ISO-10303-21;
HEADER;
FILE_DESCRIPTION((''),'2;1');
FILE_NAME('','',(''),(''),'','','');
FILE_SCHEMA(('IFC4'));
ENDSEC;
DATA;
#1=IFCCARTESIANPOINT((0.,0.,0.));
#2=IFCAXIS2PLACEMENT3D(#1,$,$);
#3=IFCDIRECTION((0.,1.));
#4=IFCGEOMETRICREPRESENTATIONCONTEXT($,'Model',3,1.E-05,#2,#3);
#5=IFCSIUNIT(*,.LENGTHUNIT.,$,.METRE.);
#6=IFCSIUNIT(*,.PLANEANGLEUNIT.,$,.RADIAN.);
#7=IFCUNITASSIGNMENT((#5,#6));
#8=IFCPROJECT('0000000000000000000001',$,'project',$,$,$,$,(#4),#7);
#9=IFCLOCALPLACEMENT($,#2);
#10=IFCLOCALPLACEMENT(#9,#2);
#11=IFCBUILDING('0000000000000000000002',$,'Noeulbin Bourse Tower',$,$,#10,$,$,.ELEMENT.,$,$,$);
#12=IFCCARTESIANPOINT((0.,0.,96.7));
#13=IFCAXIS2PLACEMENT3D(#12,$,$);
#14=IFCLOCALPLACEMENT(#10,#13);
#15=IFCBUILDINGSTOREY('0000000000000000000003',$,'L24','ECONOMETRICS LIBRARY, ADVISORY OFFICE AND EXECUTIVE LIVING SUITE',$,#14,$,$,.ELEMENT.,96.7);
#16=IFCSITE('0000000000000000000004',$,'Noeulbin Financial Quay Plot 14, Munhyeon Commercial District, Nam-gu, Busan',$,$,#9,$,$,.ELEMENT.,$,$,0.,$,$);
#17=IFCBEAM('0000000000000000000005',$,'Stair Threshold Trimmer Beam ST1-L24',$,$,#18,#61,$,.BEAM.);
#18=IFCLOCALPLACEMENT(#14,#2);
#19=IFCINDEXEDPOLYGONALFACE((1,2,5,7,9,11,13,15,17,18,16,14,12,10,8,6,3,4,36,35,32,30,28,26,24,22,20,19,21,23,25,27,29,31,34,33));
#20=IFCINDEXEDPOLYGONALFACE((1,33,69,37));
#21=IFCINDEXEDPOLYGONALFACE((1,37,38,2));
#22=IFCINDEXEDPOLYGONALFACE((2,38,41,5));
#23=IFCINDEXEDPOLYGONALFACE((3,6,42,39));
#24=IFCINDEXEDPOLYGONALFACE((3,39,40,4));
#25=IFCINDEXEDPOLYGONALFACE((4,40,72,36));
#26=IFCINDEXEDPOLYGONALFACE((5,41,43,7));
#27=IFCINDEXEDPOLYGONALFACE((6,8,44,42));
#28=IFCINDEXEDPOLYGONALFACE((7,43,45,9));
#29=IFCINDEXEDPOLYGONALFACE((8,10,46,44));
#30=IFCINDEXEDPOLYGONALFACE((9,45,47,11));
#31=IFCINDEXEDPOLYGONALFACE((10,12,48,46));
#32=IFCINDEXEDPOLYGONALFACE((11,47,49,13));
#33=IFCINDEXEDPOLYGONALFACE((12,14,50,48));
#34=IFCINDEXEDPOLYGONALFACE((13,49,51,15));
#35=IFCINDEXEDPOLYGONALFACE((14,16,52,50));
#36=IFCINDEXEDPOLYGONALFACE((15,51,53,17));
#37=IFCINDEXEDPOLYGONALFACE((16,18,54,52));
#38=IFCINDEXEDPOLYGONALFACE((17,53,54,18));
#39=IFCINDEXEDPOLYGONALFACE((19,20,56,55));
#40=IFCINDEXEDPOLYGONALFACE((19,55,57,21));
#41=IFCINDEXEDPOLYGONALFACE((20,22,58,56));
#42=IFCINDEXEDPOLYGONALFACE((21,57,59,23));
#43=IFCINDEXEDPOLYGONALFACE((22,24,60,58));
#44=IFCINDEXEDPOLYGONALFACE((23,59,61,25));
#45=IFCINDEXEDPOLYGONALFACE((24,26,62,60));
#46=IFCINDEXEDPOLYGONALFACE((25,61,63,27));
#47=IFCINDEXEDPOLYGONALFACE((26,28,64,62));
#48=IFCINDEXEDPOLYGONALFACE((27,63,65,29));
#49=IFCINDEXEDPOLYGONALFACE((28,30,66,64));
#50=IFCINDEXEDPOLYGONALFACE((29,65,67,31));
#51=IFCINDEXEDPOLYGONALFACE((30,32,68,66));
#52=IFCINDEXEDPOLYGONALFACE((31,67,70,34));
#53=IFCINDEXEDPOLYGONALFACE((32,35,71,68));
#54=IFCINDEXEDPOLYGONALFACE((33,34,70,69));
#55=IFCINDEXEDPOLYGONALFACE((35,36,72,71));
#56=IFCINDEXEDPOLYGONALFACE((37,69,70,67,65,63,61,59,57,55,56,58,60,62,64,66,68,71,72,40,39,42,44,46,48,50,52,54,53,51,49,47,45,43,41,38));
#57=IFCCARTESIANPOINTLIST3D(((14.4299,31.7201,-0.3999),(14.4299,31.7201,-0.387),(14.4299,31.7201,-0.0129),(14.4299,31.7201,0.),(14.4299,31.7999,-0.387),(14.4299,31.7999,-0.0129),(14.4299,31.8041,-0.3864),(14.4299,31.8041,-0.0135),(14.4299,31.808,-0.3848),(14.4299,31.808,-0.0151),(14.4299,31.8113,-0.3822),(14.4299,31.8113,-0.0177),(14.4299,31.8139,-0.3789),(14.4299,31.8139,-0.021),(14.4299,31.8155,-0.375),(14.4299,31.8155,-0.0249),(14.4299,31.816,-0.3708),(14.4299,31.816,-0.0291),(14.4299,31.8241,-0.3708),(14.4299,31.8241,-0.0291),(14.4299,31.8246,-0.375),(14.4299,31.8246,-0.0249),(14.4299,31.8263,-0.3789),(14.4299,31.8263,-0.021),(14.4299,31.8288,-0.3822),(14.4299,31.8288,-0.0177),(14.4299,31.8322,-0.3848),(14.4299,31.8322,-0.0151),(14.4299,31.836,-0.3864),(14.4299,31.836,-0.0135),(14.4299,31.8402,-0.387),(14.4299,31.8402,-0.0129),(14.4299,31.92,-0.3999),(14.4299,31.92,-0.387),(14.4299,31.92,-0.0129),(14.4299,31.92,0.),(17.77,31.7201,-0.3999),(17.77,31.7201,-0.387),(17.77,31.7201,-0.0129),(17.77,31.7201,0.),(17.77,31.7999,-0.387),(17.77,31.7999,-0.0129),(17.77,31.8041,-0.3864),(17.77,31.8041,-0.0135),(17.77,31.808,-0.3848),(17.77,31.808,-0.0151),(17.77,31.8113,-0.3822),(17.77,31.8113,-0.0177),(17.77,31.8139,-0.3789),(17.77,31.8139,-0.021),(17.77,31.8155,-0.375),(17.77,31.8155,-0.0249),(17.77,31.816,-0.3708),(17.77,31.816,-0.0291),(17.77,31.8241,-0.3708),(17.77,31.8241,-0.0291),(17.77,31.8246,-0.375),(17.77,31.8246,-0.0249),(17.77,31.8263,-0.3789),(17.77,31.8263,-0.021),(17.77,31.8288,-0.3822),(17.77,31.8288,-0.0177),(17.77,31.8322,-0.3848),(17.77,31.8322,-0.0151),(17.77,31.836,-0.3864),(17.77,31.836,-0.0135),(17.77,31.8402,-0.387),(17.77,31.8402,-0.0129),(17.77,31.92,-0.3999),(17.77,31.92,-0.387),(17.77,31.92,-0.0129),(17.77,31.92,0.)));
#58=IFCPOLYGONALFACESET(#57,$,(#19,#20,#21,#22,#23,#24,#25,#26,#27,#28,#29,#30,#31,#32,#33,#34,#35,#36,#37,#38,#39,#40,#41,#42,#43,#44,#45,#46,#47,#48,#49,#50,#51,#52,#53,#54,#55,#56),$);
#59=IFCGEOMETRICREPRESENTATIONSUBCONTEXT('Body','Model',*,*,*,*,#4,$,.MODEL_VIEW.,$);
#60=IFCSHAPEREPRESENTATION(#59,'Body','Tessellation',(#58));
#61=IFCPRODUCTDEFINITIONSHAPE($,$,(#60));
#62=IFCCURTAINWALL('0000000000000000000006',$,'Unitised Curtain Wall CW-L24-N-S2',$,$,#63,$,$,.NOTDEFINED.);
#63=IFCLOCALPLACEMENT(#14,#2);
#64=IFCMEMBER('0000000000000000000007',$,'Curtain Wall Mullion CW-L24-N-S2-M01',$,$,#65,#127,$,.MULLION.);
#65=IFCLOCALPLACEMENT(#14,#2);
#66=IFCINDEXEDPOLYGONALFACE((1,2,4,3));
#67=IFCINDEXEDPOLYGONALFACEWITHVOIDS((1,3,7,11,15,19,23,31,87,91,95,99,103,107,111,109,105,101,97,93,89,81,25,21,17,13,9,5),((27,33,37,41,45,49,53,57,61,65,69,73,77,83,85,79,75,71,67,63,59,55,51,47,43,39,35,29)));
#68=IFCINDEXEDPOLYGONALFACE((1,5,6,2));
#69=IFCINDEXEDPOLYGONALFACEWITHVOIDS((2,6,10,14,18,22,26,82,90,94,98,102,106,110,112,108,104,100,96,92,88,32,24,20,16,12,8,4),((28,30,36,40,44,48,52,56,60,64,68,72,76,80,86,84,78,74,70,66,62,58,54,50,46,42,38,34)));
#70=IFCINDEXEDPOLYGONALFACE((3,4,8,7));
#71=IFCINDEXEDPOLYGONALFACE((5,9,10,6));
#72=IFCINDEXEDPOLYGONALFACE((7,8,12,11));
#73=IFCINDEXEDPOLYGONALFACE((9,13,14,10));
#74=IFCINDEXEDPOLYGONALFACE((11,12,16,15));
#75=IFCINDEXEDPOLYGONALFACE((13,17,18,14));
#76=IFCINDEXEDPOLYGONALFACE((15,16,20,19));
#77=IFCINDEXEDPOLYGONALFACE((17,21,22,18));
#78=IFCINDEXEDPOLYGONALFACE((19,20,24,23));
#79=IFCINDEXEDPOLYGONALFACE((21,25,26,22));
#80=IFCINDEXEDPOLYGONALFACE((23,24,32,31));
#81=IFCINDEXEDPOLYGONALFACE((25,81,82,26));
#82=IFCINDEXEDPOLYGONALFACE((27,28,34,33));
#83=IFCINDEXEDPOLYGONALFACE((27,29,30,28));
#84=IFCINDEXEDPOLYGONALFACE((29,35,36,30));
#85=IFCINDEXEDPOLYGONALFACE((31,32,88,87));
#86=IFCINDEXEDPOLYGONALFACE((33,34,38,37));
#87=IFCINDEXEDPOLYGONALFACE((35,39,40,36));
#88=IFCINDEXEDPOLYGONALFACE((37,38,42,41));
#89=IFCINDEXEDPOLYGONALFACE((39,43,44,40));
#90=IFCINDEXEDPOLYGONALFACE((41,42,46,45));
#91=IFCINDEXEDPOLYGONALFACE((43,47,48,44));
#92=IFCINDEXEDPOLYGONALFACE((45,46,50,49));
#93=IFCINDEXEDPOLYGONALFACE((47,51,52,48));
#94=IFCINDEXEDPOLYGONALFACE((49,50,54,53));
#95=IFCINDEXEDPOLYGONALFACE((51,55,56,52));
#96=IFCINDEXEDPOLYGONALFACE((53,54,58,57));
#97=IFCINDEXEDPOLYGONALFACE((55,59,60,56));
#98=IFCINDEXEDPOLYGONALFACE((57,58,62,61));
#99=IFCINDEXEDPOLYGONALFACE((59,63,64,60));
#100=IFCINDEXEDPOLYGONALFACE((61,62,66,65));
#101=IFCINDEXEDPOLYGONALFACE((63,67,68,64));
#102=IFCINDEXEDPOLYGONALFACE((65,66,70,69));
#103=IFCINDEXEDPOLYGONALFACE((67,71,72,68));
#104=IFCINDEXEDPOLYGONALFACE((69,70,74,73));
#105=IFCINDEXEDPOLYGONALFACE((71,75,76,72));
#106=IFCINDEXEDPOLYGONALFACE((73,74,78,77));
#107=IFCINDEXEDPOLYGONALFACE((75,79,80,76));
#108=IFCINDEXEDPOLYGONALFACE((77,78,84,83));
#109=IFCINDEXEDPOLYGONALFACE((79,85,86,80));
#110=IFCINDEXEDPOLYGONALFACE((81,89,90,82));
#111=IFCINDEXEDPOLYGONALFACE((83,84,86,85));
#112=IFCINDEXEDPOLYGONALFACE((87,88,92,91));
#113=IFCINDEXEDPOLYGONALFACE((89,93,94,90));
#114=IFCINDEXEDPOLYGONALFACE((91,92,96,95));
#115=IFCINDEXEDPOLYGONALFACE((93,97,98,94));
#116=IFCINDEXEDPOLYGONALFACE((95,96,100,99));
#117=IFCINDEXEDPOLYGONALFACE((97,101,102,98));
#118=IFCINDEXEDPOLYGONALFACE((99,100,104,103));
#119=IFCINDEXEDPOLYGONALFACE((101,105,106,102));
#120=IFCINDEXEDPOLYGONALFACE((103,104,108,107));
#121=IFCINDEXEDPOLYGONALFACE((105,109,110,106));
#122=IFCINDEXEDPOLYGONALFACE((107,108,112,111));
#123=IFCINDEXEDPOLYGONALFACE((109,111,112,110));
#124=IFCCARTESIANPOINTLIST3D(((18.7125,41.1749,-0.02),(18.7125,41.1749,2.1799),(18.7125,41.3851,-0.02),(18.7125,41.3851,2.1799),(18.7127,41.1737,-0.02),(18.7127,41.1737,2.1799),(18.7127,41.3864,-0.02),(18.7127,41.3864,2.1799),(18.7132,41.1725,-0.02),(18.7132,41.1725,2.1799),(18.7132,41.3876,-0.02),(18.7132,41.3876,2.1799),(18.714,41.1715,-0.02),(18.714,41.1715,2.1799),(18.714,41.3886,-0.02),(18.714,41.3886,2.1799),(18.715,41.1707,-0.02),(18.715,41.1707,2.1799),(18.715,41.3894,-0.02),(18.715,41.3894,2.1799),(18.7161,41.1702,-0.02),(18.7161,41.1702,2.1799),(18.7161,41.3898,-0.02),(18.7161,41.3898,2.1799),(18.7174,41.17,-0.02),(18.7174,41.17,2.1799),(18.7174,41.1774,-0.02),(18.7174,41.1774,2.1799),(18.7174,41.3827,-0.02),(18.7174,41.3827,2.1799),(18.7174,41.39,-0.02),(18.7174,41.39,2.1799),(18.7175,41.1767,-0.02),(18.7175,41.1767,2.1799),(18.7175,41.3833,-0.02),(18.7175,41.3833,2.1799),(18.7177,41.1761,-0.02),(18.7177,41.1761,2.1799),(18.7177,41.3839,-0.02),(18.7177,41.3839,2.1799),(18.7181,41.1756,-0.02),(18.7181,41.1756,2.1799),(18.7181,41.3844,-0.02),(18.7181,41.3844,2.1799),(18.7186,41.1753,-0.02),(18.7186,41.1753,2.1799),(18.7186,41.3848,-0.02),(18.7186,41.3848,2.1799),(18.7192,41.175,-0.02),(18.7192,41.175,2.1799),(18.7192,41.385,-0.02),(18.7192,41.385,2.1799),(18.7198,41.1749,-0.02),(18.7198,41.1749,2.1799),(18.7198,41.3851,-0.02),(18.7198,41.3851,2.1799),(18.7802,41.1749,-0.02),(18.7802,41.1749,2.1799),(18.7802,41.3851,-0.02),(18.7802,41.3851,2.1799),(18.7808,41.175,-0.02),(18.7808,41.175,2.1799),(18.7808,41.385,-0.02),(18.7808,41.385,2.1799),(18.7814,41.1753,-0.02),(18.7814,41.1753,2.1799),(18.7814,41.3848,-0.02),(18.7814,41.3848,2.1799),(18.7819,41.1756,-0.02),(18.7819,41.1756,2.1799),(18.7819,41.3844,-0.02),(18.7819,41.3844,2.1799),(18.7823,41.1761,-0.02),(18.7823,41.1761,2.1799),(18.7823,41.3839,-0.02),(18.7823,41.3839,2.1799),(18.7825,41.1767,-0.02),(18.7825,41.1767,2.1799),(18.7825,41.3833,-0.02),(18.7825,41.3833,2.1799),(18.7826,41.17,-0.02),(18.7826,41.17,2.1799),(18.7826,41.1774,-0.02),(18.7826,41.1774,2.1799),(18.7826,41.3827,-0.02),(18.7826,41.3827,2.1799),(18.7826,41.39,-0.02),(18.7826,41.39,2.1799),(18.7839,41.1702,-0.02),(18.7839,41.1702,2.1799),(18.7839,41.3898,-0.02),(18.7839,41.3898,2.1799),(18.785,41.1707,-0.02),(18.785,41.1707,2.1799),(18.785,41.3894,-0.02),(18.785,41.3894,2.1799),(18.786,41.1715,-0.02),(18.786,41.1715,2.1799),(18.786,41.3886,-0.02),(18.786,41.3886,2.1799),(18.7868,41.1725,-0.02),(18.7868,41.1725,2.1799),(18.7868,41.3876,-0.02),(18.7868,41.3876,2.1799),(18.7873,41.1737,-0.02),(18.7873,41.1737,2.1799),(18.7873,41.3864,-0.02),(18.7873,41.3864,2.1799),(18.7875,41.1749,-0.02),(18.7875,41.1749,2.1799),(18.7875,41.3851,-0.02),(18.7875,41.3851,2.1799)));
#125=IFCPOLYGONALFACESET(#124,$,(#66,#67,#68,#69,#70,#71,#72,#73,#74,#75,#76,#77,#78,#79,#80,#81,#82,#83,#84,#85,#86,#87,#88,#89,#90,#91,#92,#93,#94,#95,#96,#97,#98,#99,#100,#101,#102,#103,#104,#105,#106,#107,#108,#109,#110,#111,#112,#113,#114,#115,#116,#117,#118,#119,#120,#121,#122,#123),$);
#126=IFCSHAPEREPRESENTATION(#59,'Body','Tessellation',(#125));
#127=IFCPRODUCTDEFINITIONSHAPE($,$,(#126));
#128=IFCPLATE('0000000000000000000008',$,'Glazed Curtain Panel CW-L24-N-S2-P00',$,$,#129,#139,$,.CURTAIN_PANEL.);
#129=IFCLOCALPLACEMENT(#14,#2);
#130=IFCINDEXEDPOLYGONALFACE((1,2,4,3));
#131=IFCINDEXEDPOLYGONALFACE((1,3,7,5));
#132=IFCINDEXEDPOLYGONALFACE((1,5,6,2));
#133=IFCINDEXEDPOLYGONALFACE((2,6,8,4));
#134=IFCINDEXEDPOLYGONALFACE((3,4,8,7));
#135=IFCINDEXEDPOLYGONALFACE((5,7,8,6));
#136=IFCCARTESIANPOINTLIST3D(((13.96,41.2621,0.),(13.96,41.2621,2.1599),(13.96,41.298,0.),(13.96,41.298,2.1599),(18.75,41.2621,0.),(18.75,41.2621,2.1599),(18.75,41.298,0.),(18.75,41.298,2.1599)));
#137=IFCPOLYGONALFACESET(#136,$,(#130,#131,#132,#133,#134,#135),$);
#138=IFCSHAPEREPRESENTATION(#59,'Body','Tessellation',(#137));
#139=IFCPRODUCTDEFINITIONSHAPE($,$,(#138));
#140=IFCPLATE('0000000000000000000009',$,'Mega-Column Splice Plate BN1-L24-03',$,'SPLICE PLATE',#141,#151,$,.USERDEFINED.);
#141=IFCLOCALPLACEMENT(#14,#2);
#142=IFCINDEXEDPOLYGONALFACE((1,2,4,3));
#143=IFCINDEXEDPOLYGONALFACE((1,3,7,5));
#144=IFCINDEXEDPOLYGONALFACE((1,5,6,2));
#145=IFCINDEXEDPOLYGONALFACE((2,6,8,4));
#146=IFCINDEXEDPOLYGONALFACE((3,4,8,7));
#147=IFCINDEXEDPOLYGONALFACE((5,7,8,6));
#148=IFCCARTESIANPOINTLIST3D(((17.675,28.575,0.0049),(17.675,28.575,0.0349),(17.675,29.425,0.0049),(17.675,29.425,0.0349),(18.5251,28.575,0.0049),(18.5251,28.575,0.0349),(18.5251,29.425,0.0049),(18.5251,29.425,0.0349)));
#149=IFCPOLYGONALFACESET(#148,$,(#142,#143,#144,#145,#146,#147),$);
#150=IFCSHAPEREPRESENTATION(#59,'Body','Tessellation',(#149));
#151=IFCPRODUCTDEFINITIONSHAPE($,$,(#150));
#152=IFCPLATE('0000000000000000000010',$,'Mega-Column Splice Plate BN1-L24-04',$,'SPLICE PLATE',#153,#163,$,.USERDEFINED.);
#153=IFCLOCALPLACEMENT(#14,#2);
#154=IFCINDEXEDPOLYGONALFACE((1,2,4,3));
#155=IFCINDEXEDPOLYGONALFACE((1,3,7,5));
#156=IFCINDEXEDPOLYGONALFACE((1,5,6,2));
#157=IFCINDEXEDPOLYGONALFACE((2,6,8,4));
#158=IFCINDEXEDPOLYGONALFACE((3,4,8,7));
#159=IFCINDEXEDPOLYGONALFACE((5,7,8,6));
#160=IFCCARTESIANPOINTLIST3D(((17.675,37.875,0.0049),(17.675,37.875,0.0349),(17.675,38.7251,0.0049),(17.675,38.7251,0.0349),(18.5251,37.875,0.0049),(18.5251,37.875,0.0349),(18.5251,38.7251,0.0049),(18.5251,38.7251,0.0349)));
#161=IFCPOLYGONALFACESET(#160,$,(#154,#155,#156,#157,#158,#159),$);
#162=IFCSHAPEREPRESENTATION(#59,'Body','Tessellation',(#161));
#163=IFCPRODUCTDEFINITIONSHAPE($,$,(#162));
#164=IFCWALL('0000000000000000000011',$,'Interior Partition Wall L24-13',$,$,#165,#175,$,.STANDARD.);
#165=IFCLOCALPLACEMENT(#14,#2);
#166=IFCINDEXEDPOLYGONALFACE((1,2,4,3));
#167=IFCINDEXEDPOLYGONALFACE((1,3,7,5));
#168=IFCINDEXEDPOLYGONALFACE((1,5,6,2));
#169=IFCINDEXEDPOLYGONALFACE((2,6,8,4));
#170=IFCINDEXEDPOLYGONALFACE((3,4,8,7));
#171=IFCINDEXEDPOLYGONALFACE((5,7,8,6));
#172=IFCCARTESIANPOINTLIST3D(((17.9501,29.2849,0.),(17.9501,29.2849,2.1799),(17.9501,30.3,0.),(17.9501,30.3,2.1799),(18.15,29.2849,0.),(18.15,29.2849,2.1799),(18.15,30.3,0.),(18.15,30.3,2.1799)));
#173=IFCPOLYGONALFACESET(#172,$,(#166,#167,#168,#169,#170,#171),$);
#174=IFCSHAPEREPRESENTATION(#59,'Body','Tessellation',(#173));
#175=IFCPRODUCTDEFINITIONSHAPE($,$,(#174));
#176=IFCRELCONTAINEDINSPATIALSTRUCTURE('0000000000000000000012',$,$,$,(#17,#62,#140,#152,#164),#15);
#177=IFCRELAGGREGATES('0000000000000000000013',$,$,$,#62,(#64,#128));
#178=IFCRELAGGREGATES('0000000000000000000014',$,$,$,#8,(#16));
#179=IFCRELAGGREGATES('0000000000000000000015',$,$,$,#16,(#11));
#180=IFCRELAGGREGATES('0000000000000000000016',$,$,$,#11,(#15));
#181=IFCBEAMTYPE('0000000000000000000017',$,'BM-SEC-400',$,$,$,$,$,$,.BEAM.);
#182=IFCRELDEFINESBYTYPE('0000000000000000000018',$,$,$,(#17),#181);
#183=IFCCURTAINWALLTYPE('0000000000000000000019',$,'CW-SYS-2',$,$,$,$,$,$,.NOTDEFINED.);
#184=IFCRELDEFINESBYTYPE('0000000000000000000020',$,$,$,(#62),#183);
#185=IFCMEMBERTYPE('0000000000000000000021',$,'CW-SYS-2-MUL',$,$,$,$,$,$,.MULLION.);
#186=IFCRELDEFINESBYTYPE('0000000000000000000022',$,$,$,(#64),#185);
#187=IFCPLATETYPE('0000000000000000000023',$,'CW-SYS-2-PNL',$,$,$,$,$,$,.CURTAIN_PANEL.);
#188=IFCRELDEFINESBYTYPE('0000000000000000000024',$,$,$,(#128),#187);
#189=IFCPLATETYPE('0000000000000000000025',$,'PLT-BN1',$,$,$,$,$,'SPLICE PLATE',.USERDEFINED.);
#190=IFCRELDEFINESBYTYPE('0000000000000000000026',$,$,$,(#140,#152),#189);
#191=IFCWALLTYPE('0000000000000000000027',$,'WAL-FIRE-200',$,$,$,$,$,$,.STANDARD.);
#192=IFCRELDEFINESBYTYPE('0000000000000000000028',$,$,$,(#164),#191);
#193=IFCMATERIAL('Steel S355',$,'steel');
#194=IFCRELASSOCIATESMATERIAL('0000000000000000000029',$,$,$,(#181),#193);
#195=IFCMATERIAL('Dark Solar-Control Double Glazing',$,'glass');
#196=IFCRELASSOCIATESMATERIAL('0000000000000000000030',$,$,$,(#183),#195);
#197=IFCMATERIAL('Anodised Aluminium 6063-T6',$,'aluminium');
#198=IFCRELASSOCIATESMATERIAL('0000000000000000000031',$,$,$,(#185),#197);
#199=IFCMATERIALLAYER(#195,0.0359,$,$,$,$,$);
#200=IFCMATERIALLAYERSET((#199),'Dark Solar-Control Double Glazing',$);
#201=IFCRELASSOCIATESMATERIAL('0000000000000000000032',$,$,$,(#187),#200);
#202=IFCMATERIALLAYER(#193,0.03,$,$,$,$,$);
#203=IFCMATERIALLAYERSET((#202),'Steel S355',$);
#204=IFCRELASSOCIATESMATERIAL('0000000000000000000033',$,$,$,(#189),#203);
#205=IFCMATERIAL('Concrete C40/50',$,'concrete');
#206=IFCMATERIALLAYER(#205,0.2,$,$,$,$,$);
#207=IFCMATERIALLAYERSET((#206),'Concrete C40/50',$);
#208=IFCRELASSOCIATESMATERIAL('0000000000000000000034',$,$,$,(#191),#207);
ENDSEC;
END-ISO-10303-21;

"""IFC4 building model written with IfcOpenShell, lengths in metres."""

from ifc_helpers import new_model, si_unit, direction, frame, frame_2d, origin, origin_2d, place, context, subcontext, project, spatial, rectangle, hollow_rectangle, i_section, extrude, material, layer, layer_set, material_profile, profile_set, type_object, element, aggregate, save


model = new_model("IFC4")

# Units and contexts
model_context = context("Model", 3, precision=1e-05, world=origin(), true_north=direction((0.0, 1.0)))
body_context = subcontext(model_context, "Body", "Model", "MODEL_VIEW")
ifc_project = project(units=[si_unit("LENGTHUNIT", "METRE"), si_unit("PLANEANGLEUNIT", "RADIAN")], contexts=[model_context])

# Site, building, storey
site_placement = place(None, origin())
site = spatial("IfcSite", under=ifc_project, at=site_placement, Name="Noeulbin Financial Quay Plot 14, Munhyeon Commercial District, Nam-gu, Busan", CompositionType="ELEMENT", RefElevation=0.0)
building_placement = place(site_placement, origin())
building = spatial("IfcBuilding", under=site, at=building_placement, Name="Noeulbin Bourse Tower", CompositionType="ELEMENT")
storey_placement = place(building_placement, frame((0.0, 0.0, 96.7)))
storey = spatial("IfcBuildingStorey", under=building, at=storey_placement, Name="L24", Description="ECONOMETRICS LIBRARY, ADVISORY OFFICE AND EXECUTIVE LIVING SUITE", CompositionType="ELEMENT", Elevation=96.7)

# Beam
ifc_material_1 = material(Name="Steel S355", Category="steel")
ifc_material_profile_1 = material_profile(ifc_material_1, i_section(OverallWidth=0.2, OverallDepth=0.3999, WebThickness=0.0081, FlangeThickness=0.0129, FilletRadius=0.0161, at=origin_2d()), Name="H-400x200x8x13", Category="LoadBearing")
ifc_profile_set_1 = profile_set([ifc_material_profile_1], Name="Steel S355")
beam_type = type_object("IfcBeamType", Name="BM-SEC-400", PredefinedType="BEAM", material=ifc_profile_set_1)
beam_placement = place(storey_placement, frame((14.4299, 31.8201, -0.2), z_axis=(1.0, 0.0, 0.0), x_axis=(0.0, 1.0, 0.0)))
element("IfcBeam", 1, at=beam_placement, inside=storey, type_object=beam_type, Name="Stair Threshold Trimmer Beam ST1-L24", PredefinedType="BEAM", context=body_context, shape_type="SweptSolid", body=[
    extrude(i_section(OverallWidth=0.2, OverallDepth=0.3999, WebThickness=0.0081, FlangeThickness=0.0129, FilletRadius=0.0161, at=origin_2d()), origin(), (0.0, 0.0, 1.0), 3.3401),
])

# Curtain wall, member, plate
ifc_material_2 = material(Name="Dark Solar-Control Double Glazing", Category="glass")
curtain_wall_type = type_object("IfcCurtainWallType", Name="CW-SYS-2", PredefinedType="NOTDEFINED", material=ifc_material_2)
curtain_wall_placement = place(storey_placement, origin())
curtain_wall = element("IfcCurtainWall", 2, at=curtain_wall_placement, inside=storey, type_object=curtain_wall_type, Name="Unitised Curtain Wall CW-L24-N-S2", PredefinedType="NOTDEFINED")
ifc_material_3 = material(Name="Anodised Aluminium 6063-T6", Category="aluminium")
ifc_material_profile_2 = material_profile(ifc_material_3, hollow_rectangle(XDim=0.075, YDim=0.22, WallThickness=0.0049, InnerFilletRadius=0.0024, OuterFilletRadius=0.0049, at=origin_2d()), Name="ALU-MULL-75x220x5", Category="LoadBearing")
ifc_profile_set_2 = profile_set([ifc_material_profile_2], Name="Anodised Aluminium 6063-T6")
member_type = type_object("IfcMemberType", Name="CW-SYS-2-MUL", PredefinedType="MULLION", material=ifc_profile_set_2)
member_placement = place(storey_placement, frame((18.75, 41.28, -0.02), z_axis=(0.0, 0.0, 1.0), x_axis=(1.0, 0.0, 0.0)))
member = element("IfcMember", 3, at=member_placement, type_object=member_type, Name="Curtain Wall Mullion CW-L24-N-S2-M01", PredefinedType="MULLION", context=body_context, shape_type="SweptSolid", body=[
    extrude(hollow_rectangle(XDim=0.075, YDim=0.22, WallThickness=0.0049, InnerFilletRadius=0.0024, OuterFilletRadius=0.0049, at=origin_2d()), origin(), (0.0, 0.0, 1.0), 2.2),
])
ifc_layer_1 = layer(ifc_material_2, 0.0359)
ifc_layer_set_1 = layer_set([ifc_layer_1], Name="Dark Solar-Control Double Glazing")
plate_type_1 = type_object("IfcPlateType", Name="CW-SYS-2-PNL", PredefinedType="CURTAIN_PANEL", material=ifc_layer_set_1)
plate_placement = place(storey_placement, frame((16.355, 41.28, 0.0), z_axis=(0.0, 0.0, 1.0), x_axis=(1.0, 0.0, 0.0)))
plate = element("IfcPlate", 4, at=plate_placement, type_object=plate_type_1, Name="Glazed Curtain Panel CW-L24-N-S2-P00", PredefinedType="CURTAIN_PANEL", context=body_context, shape_type="SweptSolid", body=[
    extrude(rectangle(XDim=4.79, YDim=0.0359, at=origin_2d()), origin(), (0.0, 0.0, 1.0), 2.1599),
])
aggregate(curtain_wall, [member, plate])

# Plates
ifc_layer_2 = layer(ifc_material_1, 0.03)
ifc_layer_set_2 = layer_set([ifc_layer_2], Name="Steel S355")
plate_type_2 = type_object("IfcPlateType", Name="PLT-BN1", ElementType="SPLICE PLATE", PredefinedType="USERDEFINED", material=ifc_layer_set_2)
for number, where, z_axis, x_axis, name in (
    (5, (18.1001, 29.0, 0.0049), (0.0, 0.0, 1.0), (1.0, 0.0, 0.0), "Mega-Column Splice Plate BN1-L24-03"),
    (6, (18.1001, 38.3, 0.0049), (0.0, 0.0, 1.0), (1.0, 0.0, 0.0), "Mega-Column Splice Plate BN1-L24-04"),
):
    element("IfcPlate", number, at=place(storey_placement, frame(where, z_axis=z_axis, x_axis=x_axis)), inside=storey, type_object=plate_type_2, Name=name, ObjectType="SPLICE PLATE", PredefinedType="USERDEFINED", context=body_context, shape_type="SweptSolid", body=[
        extrude(rectangle(XDim=0.8501, YDim=0.8501, at=origin_2d()), origin(), (0.0, 0.0, 1.0), 0.03),
    ])

# Wall
ifc_material_4 = material(Name="Concrete C40/50", Category="concrete")
ifc_layer_3 = layer(ifc_material_4, 0.2)
ifc_layer_set_3 = layer_set([ifc_layer_3], Name="Concrete C40/50")
wall_type_1 = type_object("IfcWallType", Name="WAL-FIRE-200", PredefinedType="STANDARD", material=ifc_layer_set_3)
wall_1_placement = place(storey_placement, frame((18.05, 29.2849, 0.0), z_axis=(0.0, 0.0, 1.0), x_axis=(0.0, 1.0, 0.0)))
element("IfcWall", 7, at=wall_1_placement, inside=storey, type_object=wall_type_1, Name="Interior Partition Wall L24-13", PredefinedType="STANDARD", context=body_context, shape_type="SweptSolid", body=[
    extrude(rectangle(XDim=1.0151, YDim=0.2, at=frame_2d((0.5076, 0.0))), origin(), (0.0, 0.0, 1.0), 2.1799),
])

save(model, "model.ifc")
